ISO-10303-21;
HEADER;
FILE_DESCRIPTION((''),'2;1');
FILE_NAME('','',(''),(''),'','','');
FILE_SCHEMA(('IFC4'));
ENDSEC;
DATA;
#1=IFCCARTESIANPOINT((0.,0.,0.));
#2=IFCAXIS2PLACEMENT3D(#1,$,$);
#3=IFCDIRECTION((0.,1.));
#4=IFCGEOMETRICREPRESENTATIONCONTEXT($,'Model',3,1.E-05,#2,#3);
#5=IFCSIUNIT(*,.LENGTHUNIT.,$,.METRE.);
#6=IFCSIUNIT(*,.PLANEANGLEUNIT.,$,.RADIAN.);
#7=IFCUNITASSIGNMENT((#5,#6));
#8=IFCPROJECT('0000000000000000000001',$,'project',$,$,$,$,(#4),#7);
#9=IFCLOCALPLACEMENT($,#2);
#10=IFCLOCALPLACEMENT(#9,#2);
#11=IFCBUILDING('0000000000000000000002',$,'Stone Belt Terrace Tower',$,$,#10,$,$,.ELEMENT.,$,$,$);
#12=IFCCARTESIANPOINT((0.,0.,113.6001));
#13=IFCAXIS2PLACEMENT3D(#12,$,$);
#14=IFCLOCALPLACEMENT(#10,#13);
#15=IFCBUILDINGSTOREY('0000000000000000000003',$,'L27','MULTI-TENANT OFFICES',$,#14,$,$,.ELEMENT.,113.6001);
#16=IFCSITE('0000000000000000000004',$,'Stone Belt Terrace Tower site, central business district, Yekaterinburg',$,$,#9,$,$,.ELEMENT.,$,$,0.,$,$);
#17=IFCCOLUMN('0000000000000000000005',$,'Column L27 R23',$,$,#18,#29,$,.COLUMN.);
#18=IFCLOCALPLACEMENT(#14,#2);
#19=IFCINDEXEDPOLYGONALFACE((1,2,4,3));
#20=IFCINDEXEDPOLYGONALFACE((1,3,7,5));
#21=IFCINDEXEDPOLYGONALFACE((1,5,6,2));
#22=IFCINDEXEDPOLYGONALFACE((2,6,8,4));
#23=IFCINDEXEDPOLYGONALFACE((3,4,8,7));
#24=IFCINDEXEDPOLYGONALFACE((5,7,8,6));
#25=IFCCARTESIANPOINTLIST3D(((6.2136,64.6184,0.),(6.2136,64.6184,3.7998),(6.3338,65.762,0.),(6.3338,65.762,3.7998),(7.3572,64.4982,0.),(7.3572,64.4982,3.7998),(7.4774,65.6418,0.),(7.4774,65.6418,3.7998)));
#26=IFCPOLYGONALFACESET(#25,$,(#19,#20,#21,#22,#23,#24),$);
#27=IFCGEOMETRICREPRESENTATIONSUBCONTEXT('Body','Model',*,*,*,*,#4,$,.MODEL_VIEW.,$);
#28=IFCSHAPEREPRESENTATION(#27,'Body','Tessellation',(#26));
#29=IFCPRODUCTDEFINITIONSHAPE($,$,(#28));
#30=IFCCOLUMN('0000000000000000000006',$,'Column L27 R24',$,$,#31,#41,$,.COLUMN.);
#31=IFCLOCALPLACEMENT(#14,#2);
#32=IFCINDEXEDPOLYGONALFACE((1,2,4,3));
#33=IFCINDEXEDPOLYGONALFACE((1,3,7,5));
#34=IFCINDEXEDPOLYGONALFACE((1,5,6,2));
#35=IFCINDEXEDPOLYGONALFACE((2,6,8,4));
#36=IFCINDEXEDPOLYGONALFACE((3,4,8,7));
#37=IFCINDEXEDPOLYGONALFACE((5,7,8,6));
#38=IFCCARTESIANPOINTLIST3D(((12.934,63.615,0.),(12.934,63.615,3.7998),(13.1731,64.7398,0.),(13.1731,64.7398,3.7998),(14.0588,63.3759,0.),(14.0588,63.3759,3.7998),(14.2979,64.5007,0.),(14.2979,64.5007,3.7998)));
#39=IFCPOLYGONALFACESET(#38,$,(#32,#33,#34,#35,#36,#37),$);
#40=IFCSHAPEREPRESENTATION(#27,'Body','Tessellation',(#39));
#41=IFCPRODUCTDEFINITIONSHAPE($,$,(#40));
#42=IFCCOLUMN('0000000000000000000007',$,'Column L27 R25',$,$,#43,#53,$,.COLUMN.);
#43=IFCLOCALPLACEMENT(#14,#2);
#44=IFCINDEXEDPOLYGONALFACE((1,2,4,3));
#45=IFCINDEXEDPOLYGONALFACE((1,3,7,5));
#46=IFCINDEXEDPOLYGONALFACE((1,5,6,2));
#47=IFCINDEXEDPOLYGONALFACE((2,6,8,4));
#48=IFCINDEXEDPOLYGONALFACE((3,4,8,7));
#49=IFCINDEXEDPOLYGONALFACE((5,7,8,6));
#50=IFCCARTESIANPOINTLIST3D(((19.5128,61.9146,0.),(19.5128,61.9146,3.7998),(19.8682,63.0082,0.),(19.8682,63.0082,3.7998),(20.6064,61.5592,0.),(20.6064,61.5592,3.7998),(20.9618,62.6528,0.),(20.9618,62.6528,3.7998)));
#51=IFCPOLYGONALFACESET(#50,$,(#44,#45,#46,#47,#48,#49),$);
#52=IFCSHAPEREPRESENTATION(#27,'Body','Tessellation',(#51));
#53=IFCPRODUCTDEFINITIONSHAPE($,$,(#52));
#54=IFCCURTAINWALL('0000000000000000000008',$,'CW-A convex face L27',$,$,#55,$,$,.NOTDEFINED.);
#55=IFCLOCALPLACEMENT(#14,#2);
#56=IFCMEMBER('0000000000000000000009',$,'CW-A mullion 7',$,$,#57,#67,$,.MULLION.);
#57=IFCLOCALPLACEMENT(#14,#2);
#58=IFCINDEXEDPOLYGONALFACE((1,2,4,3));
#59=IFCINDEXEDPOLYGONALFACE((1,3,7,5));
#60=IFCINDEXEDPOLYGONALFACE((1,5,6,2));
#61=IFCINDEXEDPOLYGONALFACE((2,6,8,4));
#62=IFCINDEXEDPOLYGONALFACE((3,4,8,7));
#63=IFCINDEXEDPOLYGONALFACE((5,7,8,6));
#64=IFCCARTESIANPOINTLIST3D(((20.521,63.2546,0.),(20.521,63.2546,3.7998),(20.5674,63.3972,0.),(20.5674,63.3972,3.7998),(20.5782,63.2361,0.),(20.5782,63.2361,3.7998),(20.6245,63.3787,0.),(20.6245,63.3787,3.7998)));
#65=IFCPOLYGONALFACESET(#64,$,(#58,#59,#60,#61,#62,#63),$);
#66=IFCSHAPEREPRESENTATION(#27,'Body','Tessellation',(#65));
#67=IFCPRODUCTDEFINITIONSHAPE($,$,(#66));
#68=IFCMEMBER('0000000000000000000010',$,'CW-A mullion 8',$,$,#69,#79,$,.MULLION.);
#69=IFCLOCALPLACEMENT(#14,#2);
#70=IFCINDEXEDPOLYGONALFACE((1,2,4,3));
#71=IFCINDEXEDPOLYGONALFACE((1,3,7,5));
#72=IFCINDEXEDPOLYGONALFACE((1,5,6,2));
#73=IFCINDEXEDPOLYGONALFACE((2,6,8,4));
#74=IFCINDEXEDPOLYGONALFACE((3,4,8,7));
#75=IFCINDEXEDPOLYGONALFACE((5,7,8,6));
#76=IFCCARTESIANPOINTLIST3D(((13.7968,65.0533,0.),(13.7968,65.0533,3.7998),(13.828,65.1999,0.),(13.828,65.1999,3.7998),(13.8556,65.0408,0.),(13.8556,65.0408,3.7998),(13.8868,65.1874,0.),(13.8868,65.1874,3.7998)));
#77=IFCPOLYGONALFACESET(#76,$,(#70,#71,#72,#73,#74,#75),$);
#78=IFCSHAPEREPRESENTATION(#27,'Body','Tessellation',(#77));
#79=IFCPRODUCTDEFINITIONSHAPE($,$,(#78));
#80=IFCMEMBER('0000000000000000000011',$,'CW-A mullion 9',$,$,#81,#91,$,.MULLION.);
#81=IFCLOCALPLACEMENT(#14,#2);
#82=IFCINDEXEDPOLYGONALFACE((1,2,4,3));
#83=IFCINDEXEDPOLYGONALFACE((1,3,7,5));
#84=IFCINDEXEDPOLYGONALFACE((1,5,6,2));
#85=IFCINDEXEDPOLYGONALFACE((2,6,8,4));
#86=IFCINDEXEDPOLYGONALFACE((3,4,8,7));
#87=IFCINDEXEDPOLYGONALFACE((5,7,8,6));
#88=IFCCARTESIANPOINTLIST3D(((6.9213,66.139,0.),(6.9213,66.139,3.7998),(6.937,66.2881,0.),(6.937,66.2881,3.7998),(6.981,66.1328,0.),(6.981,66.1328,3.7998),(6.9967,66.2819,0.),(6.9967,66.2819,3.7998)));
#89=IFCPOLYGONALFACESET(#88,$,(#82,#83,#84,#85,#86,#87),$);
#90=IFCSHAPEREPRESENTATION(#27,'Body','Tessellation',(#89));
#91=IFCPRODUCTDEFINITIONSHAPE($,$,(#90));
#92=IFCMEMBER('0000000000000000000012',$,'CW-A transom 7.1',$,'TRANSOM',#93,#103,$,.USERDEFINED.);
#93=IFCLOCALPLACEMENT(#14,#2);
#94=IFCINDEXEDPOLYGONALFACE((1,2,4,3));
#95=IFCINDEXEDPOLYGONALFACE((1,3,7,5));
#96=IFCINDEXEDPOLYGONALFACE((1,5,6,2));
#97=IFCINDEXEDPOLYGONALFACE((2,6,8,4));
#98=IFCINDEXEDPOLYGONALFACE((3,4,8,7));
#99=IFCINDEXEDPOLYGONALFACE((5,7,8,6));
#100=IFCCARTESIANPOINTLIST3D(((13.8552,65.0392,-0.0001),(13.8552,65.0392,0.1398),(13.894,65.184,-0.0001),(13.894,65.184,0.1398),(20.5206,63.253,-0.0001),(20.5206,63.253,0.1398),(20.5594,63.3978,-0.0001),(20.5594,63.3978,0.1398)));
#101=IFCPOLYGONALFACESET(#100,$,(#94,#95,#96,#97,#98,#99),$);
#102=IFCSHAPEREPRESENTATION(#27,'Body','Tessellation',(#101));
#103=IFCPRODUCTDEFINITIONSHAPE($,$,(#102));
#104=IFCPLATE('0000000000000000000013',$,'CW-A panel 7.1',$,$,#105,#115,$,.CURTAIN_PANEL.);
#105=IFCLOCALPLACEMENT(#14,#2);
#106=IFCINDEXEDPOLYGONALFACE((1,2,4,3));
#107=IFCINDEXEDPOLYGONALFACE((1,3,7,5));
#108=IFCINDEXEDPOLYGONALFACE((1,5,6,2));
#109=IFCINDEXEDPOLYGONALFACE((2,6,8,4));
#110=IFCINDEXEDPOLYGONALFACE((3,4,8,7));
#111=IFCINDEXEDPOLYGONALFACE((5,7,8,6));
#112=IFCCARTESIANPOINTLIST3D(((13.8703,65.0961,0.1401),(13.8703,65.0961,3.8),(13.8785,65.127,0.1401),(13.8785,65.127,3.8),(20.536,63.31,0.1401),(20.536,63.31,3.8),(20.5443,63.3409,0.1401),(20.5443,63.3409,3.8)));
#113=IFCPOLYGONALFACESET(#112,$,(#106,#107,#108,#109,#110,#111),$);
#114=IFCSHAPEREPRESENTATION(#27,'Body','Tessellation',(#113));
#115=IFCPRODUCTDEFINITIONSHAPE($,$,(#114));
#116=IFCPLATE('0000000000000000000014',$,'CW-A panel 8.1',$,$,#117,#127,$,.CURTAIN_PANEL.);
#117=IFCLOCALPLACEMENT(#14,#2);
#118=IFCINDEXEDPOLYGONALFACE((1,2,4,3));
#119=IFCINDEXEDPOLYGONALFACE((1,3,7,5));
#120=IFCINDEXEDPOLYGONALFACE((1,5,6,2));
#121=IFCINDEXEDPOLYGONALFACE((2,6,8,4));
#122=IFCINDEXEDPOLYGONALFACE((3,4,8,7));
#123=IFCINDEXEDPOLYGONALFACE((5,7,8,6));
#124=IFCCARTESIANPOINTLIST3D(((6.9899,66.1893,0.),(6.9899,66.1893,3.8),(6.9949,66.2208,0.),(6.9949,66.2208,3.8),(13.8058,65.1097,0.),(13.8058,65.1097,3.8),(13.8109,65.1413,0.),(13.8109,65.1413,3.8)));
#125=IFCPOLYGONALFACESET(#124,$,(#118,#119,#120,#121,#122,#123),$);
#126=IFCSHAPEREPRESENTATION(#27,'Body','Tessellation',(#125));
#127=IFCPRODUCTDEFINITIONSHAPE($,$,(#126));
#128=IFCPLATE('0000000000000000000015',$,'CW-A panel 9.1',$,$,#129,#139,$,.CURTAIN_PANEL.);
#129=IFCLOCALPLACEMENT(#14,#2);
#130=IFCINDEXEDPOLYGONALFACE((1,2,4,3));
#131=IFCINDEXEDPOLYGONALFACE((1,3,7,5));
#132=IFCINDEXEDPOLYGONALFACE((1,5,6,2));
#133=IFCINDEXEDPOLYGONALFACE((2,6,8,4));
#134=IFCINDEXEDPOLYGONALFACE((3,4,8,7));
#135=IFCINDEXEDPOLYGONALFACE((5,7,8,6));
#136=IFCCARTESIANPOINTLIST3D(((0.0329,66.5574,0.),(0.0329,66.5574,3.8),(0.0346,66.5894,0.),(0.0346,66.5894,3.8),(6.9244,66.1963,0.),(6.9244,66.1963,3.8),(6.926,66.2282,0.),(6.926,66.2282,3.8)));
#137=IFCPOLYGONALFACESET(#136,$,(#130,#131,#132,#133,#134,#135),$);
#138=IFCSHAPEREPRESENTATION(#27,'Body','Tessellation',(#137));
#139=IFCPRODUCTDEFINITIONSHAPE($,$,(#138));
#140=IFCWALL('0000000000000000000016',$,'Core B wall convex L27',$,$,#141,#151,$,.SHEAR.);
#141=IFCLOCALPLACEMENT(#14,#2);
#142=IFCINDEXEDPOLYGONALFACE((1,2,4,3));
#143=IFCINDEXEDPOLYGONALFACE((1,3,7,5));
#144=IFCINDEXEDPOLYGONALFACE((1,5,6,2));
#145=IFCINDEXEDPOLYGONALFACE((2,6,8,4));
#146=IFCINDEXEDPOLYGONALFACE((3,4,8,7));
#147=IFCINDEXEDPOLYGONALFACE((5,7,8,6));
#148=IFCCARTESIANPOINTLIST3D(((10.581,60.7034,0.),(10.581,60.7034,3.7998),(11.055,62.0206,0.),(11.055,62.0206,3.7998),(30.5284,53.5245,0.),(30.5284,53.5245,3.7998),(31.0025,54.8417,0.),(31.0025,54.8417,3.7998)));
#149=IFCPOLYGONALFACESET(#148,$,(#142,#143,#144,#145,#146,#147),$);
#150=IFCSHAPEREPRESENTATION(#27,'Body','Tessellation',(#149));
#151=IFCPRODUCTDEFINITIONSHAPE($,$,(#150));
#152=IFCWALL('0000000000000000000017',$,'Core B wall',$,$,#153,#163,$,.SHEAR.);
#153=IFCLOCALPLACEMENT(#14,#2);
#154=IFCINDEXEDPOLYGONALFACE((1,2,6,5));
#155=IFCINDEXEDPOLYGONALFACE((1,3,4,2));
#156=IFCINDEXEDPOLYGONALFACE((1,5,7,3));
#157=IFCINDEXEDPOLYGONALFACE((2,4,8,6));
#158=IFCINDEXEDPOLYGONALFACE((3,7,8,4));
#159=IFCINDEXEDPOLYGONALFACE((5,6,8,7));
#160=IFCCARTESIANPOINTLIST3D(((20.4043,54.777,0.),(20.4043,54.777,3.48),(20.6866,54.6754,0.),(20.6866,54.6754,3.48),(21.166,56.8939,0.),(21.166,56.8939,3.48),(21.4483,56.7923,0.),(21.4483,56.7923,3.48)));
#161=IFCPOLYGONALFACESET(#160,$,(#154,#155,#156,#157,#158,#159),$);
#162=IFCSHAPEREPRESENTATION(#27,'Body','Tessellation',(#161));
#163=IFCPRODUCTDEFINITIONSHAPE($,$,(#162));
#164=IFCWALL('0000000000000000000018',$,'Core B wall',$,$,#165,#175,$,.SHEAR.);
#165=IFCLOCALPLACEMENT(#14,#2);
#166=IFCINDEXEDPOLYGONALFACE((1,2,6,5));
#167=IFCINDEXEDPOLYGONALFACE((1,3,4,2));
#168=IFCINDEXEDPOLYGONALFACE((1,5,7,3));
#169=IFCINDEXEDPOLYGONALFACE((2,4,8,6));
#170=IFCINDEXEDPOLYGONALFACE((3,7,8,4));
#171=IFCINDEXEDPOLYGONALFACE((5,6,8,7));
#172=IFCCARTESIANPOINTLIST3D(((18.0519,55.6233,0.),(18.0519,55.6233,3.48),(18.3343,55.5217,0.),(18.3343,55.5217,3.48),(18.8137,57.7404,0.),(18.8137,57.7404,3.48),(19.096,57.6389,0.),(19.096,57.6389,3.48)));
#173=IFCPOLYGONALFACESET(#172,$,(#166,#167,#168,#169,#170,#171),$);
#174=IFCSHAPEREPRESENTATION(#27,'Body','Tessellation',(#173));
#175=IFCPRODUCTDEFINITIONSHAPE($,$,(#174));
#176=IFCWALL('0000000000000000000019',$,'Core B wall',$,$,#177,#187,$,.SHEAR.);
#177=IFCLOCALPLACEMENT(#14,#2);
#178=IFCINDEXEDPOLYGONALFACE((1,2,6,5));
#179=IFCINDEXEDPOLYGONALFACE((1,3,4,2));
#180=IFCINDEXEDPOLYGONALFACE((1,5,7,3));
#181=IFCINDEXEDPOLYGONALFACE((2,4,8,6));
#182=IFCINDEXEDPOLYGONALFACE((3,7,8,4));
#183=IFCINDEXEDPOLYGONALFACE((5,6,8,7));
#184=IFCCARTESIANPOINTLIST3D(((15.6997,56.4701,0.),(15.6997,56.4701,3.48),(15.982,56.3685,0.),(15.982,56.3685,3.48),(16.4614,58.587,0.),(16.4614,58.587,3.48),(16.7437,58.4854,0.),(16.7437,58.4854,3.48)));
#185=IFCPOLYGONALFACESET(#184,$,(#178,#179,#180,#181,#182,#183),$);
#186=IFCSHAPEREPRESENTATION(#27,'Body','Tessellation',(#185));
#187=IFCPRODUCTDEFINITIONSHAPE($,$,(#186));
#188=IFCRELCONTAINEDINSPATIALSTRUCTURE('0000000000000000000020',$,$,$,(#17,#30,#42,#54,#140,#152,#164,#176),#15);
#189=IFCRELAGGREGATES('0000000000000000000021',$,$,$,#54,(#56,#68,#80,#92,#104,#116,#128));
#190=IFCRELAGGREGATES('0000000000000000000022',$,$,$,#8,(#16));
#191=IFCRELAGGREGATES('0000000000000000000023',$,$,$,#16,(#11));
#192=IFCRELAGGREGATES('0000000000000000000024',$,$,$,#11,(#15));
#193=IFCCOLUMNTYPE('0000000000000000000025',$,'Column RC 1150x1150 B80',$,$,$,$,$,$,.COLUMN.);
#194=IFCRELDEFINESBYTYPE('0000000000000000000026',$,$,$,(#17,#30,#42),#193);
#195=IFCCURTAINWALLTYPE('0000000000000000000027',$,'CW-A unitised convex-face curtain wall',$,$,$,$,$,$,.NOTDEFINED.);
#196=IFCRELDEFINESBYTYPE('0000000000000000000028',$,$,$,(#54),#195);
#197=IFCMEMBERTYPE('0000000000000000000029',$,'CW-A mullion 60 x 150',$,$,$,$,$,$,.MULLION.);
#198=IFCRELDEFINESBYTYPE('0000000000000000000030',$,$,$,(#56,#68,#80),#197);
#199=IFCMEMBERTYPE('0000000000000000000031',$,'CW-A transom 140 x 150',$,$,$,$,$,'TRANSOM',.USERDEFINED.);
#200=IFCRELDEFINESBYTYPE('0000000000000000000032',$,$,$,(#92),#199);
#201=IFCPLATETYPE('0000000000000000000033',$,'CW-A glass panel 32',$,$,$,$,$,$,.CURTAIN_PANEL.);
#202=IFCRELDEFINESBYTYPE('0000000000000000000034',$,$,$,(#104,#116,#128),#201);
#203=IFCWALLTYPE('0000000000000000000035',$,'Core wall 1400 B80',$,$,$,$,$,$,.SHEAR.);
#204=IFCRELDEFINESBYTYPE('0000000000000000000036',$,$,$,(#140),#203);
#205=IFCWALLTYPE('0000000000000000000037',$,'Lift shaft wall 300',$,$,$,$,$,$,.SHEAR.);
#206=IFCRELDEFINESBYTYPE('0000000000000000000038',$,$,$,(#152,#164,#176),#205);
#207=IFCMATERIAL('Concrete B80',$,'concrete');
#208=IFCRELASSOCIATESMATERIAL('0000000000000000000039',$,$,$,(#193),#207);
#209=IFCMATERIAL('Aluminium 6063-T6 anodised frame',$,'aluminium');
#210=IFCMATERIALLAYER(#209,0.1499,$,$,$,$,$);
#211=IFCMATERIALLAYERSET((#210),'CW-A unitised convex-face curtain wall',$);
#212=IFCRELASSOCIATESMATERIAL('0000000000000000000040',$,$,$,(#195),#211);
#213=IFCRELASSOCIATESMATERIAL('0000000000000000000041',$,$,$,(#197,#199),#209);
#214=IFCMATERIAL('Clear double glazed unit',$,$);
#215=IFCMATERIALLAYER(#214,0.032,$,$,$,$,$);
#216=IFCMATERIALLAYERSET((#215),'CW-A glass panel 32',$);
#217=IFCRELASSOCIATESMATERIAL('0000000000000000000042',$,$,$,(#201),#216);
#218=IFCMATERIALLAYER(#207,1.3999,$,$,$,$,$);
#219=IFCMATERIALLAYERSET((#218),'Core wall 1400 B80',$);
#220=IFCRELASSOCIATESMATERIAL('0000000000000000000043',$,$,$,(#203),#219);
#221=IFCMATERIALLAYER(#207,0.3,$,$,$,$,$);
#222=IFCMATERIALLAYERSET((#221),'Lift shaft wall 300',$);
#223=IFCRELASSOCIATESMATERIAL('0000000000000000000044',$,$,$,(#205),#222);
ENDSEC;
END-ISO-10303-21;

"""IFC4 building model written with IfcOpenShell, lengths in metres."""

from ifc_helpers import new_model, si_unit, direction, frame, frame_2d, origin, origin_2d, place, context, subcontext, project, spatial, rectangle, extrude, material, layer, layer_set, material_profile, profile_set, type_object, element, aggregate, save


model = new_model("IFC4")

# Units and contexts
model_context = context("Model", 3, precision=1e-05, world=origin(), true_north=direction((0.0, 1.0)))
body_context = subcontext(model_context, "Body", "Model", "MODEL_VIEW")
ifc_project = project(units=[si_unit("LENGTHUNIT", "METRE"), si_unit("PLANEANGLEUNIT", "RADIAN")], contexts=[model_context])

# Site, building, storey
site_placement = place(None, origin())
site = spatial("IfcSite", under=ifc_project, at=site_placement, Name="Stone Belt Terrace Tower site, central business district, Yekaterinburg", CompositionType="ELEMENT", RefElevation=0.0)
building_placement = place(site_placement, origin())
building = spatial("IfcBuilding", under=site, at=building_placement, Name="Stone Belt Terrace Tower", CompositionType="ELEMENT")
storey_placement = place(building_placement, frame((0.0, 0.0, 113.6001)))
storey = spatial("IfcBuildingStorey", under=building, at=storey_placement, Name="L27", Description="MULTI-TENANT OFFICES", CompositionType="ELEMENT", Elevation=113.6001)

# Columns
ifc_material_1 = material(Name="Concrete B80", Category="concrete")
ifc_material_profile_1 = material_profile(ifc_material_1, rectangle(XDim=1.1499, YDim=1.1499, at=origin_2d()), Name="RC 1150x1150")
ifc_profile_set_1 = profile_set([ifc_material_profile_1], Name="Concrete B80")
column_type = type_object("IfcColumnType", Name="Column RC 1150x1150 B80", PredefinedType="COLUMN", material=ifc_profile_set_1)
for number, where, z_axis, x_axis, name in (
    (1, (6.8455, 65.1301, 0.0), (0.0, 0.0, 1.0), (0.994522, -0.104528, 0.0), "Column L27 R23"),
    (2, (13.616, 64.0579, 0.0), (0.0, 0.0, 1.0), (0.978148, -0.207912, 0.0), "Column L27 R24"),
    (3, (20.2373, 62.2837, 0.0), (0.0, 0.0, 1.0), (0.951057, -0.309017, 0.0), "Column L27 R25"),
):
    element("IfcColumn", number, at=place(storey_placement, frame(where, z_axis=z_axis, x_axis=x_axis)), inside=storey, type_object=column_type, Name=name, PredefinedType="COLUMN", context=body_context, shape_type="SweptSolid", body=[
        extrude(rectangle(XDim=1.1499, YDim=1.1499, at=origin_2d()), origin(), (0.0, 0.0, 1.0), 3.7998),
    ])

# Curtain wall, members, plates
ifc_material_2 = material(Name="Aluminium 6063-T6 anodised frame", Category="aluminium")
ifc_layer_1 = layer(ifc_material_2, 0.1499)
ifc_layer_set_1 = layer_set([ifc_layer_1], Name="CW-A unitised convex-face curtain wall")
curtain_wall_type = type_object("IfcCurtainWallType", Name="CW-A unitised convex-face curtain wall", PredefinedType="NOTDEFINED", material=ifc_layer_set_1)
curtain_wall_placement = place(storey_placement, origin())
curtain_wall = element("IfcCurtainWall", 4, at=curtain_wall_placement, inside=storey, type_object=curtain_wall_type, Name="CW-A convex face L27", PredefinedType="NOTDEFINED")
ifc_material_profile_2 = material_profile(ifc_material_2, rectangle(XDim=0.1499, YDim=0.0601, at=origin_2d()), Name="Aluminium 6063-T6 60x150")
ifc_profile_set_2 = profile_set([ifc_material_profile_2], Name="Aluminium 6063-T6 anodised frame")
member_type_1 = type_object("IfcMemberType", Name="CW-A mullion 60 x 150", PredefinedType="MULLION", material=ifc_profile_set_2)
member_1_placement = place(storey_placement, frame((20.5728, 63.3167, 0.0), z_axis=(0.0, 0.0, 1.0), x_axis=(-0.309017, -0.951057, 0.0)))
member_1 = element("IfcMember", 5, at=member_1_placement, type_object=member_type_1, Name="CW-A mullion 7", PredefinedType="MULLION", context=body_context, shape_type="SweptSolid", body=[
    extrude(rectangle(XDim=0.1499, YDim=0.0601, at=origin_2d()), origin(), (0.0, 0.0, 1.0), 3.7998),
])
member_2_placement = place(storey_placement, frame((13.8418, 65.1204, 0.0), z_axis=(0.0, 0.0, 1.0), x_axis=(-0.207912, -0.978148, 0.0)))
member_2 = element("IfcMember", 6, at=member_2_placement, type_object=member_type_1, Name="CW-A mullion 8", PredefinedType="MULLION", context=body_context, shape_type="SweptSolid", body=[
    extrude(rectangle(XDim=0.1499, YDim=0.0601, at=origin_2d()), origin(), (0.0, 0.0, 1.0), 3.7998),
])
member_3_placement = place(storey_placement, frame((6.959, 66.2104, 0.0), z_axis=(0.0, 0.0, 1.0), x_axis=(-0.104528, -0.994522, 0.0)))
member_3 = element("IfcMember", 7, at=member_3_placement, type_object=member_type_1, Name="CW-A mullion 9", PredefinedType="MULLION", context=body_context, shape_type="SweptSolid", body=[
    extrude(rectangle(XDim=0.1499, YDim=0.0601, at=origin_2d()), origin(), (0.0, 0.0, 1.0), 3.7998),
])
ifc_material_profile_3 = material_profile(ifc_material_2, rectangle(XDim=0.1499, YDim=0.1399, at=origin_2d()), Name="Aluminium 6063-T6 150x140")
ifc_profile_set_3 = profile_set([ifc_material_profile_3], Name="Aluminium 6063-T6 anodised frame")
member_type_2 = type_object("IfcMemberType", Name="CW-A transom 140 x 150", ElementType="TRANSOM", PredefinedType="USERDEFINED", material=ifc_profile_set_3)
member_4_placement = place(storey_placement, frame((20.54, 63.3254, 0.0698), z_axis=(-0.965922, 0.258834, 0.0), x_axis=(-0.258834, -0.965922, 0.0)))
member_4 = element("IfcMember", 8, at=member_4_placement, type_object=member_type_2, Name="CW-A transom 7.1", ObjectType="TRANSOM", PredefinedType="USERDEFINED", context=body_context, shape_type="SweptSolid", body=[
    extrude(rectangle(XDim=0.1499, YDim=0.1399, at=origin_2d()), origin(), (0.0, 0.0, 1.0), 6.9006),
])
ifc_material_3 = material(Name="Clear double glazed unit")
ifc_layer_2 = layer(ifc_material_3, 0.032)
ifc_layer_set_2 = layer_set([ifc_layer_2], Name="CW-A glass panel 32")
plate_type = type_object("IfcPlateType", Name="CW-A glass panel 32", PredefinedType="CURTAIN_PANEL", material=ifc_layer_set_2)
plate_1_placement = place(storey_placement, frame((17.2073, 64.2185, 0.1401), z_axis=(0.0, 0.0, 1.0), x_axis=(-0.965926, 0.258819, 0.0)))
plate_1 = element("IfcPlate", 9, at=plate_1_placement, type_object=plate_type, Name="CW-A panel 7.1", PredefinedType="CURTAIN_PANEL", context=body_context, shape_type="SweptSolid", body=[
    extrude(rectangle(XDim=6.9009, YDim=0.032, at=origin_2d()), origin(), (0.0, 0.0, 1.0), 3.6599),
])
plate_2_placement = place(storey_placement, frame((10.4004, 65.6653, 0.0), z_axis=(0.0, 0.0, 1.0), x_axis=(-0.987688, 0.156434, 0.0)))
plate_2 = element("IfcPlate", 10, at=plate_2_placement, type_object=plate_type, Name="CW-A panel 8.1", PredefinedType="CURTAIN_PANEL", context=body_context, shape_type="SweptSolid", body=[
    extrude(rectangle(XDim=6.9009, YDim=0.032, at=origin_2d()), origin(), (0.0, 0.0, 1.0), 3.8),
])
plate_3_placement = place(storey_placement, frame((3.4795, 66.3928, 0.0), z_axis=(0.0, 0.0, 1.0), x_axis=(-0.99863, 0.052336, 0.0)))
plate_3 = element("IfcPlate", 11, at=plate_3_placement, type_object=plate_type, Name="CW-A panel 9.1", PredefinedType="CURTAIN_PANEL", context=body_context, shape_type="SweptSolid", body=[
    extrude(rectangle(XDim=6.9009, YDim=0.032, at=origin_2d()), origin(), (0.0, 0.0, 1.0), 3.8),
])
aggregate(curtain_wall, [member_1, member_2, member_3, member_4, plate_1, plate_2, plate_3])

# Walls
ifc_layer_3 = layer(ifc_material_1, 1.3999)
ifc_layer_set_3 = layer_set([ifc_layer_3], Name="Core wall 1400 B80")
wall_type_1 = type_object("IfcWallType", Name="Core wall 1400 B80", PredefinedType="SHEAR", material=ifc_layer_set_3)
wall_1_placement = place(storey_placement, frame((10.8179, 61.3621, 0.0), z_axis=(0.0, 0.0, 1.0), x_axis=(0.94092, -0.33863, 0.0)))
element("IfcWall", 12, at=wall_1_placement, inside=storey, type_object=wall_type_1, Name="Core B wall convex L27", PredefinedType="SHEAR", context=body_context, shape_type="SweptSolid", body=[
    extrude(rectangle(XDim=21.2, YDim=1.3999, at=frame_2d((10.6001, 0.0))), origin(), (0.0, 0.0, 1.0), 3.7998),
])
ifc_layer_4 = layer(ifc_material_1, 0.3)
ifc_layer_set_4 = layer_set([ifc_layer_4], Name="Lift shaft wall 300")
wall_type_2 = type_object("IfcWallType", Name="Lift shaft wall 300", PredefinedType="SHEAR", material=ifc_layer_set_4)
wall_2_placement = place(storey_placement, frame((20.5454, 54.7261, 0.0), z_axis=(0.0, 0.0, 1.0), x_axis=(0.33857, 0.940941, 0.0)))
element("IfcWall", 13, at=wall_2_placement, inside=storey, type_object=wall_type_2, Name="Core B wall", PredefinedType="SHEAR", context=body_context, shape_type="SweptSolid", body=[
    extrude(rectangle(XDim=2.2498, YDim=0.3, at=frame_2d((1.125, 0.0))), origin(), (0.0, 0.0, 1.0), 3.48),
])
wall_3_placement = place(storey_placement, frame((18.1931, 55.5725, 0.0), z_axis=(0.0, 0.0, 1.0), x_axis=(0.338535, 0.940954, 0.0)))
element("IfcWall", 14, at=wall_3_placement, inside=storey, type_object=wall_type_2, Name="Core B wall", PredefinedType="SHEAR", context=body_context, shape_type="SweptSolid", body=[
    extrude(rectangle(XDim=2.25, YDim=0.3, at=frame_2d((1.125, 0.0))), origin(), (0.0, 0.0, 1.0), 3.48),
])
wall_4_placement = place(storey_placement, frame((15.8408, 56.4192, 0.0), z_axis=(0.0, 0.0, 1.0), x_axis=(0.33857, 0.940941, 0.0)))
element("IfcWall", 15, at=wall_4_placement, inside=storey, type_object=wall_type_2, Name="Core B wall", PredefinedType="SHEAR", context=body_context, shape_type="SweptSolid", body=[
    extrude(rectangle(XDim=2.2498, YDim=0.3, at=frame_2d((1.125, 0.0))), origin(), (0.0, 0.0, 1.0), 3.48),
])

save(model, "model.ifc")
